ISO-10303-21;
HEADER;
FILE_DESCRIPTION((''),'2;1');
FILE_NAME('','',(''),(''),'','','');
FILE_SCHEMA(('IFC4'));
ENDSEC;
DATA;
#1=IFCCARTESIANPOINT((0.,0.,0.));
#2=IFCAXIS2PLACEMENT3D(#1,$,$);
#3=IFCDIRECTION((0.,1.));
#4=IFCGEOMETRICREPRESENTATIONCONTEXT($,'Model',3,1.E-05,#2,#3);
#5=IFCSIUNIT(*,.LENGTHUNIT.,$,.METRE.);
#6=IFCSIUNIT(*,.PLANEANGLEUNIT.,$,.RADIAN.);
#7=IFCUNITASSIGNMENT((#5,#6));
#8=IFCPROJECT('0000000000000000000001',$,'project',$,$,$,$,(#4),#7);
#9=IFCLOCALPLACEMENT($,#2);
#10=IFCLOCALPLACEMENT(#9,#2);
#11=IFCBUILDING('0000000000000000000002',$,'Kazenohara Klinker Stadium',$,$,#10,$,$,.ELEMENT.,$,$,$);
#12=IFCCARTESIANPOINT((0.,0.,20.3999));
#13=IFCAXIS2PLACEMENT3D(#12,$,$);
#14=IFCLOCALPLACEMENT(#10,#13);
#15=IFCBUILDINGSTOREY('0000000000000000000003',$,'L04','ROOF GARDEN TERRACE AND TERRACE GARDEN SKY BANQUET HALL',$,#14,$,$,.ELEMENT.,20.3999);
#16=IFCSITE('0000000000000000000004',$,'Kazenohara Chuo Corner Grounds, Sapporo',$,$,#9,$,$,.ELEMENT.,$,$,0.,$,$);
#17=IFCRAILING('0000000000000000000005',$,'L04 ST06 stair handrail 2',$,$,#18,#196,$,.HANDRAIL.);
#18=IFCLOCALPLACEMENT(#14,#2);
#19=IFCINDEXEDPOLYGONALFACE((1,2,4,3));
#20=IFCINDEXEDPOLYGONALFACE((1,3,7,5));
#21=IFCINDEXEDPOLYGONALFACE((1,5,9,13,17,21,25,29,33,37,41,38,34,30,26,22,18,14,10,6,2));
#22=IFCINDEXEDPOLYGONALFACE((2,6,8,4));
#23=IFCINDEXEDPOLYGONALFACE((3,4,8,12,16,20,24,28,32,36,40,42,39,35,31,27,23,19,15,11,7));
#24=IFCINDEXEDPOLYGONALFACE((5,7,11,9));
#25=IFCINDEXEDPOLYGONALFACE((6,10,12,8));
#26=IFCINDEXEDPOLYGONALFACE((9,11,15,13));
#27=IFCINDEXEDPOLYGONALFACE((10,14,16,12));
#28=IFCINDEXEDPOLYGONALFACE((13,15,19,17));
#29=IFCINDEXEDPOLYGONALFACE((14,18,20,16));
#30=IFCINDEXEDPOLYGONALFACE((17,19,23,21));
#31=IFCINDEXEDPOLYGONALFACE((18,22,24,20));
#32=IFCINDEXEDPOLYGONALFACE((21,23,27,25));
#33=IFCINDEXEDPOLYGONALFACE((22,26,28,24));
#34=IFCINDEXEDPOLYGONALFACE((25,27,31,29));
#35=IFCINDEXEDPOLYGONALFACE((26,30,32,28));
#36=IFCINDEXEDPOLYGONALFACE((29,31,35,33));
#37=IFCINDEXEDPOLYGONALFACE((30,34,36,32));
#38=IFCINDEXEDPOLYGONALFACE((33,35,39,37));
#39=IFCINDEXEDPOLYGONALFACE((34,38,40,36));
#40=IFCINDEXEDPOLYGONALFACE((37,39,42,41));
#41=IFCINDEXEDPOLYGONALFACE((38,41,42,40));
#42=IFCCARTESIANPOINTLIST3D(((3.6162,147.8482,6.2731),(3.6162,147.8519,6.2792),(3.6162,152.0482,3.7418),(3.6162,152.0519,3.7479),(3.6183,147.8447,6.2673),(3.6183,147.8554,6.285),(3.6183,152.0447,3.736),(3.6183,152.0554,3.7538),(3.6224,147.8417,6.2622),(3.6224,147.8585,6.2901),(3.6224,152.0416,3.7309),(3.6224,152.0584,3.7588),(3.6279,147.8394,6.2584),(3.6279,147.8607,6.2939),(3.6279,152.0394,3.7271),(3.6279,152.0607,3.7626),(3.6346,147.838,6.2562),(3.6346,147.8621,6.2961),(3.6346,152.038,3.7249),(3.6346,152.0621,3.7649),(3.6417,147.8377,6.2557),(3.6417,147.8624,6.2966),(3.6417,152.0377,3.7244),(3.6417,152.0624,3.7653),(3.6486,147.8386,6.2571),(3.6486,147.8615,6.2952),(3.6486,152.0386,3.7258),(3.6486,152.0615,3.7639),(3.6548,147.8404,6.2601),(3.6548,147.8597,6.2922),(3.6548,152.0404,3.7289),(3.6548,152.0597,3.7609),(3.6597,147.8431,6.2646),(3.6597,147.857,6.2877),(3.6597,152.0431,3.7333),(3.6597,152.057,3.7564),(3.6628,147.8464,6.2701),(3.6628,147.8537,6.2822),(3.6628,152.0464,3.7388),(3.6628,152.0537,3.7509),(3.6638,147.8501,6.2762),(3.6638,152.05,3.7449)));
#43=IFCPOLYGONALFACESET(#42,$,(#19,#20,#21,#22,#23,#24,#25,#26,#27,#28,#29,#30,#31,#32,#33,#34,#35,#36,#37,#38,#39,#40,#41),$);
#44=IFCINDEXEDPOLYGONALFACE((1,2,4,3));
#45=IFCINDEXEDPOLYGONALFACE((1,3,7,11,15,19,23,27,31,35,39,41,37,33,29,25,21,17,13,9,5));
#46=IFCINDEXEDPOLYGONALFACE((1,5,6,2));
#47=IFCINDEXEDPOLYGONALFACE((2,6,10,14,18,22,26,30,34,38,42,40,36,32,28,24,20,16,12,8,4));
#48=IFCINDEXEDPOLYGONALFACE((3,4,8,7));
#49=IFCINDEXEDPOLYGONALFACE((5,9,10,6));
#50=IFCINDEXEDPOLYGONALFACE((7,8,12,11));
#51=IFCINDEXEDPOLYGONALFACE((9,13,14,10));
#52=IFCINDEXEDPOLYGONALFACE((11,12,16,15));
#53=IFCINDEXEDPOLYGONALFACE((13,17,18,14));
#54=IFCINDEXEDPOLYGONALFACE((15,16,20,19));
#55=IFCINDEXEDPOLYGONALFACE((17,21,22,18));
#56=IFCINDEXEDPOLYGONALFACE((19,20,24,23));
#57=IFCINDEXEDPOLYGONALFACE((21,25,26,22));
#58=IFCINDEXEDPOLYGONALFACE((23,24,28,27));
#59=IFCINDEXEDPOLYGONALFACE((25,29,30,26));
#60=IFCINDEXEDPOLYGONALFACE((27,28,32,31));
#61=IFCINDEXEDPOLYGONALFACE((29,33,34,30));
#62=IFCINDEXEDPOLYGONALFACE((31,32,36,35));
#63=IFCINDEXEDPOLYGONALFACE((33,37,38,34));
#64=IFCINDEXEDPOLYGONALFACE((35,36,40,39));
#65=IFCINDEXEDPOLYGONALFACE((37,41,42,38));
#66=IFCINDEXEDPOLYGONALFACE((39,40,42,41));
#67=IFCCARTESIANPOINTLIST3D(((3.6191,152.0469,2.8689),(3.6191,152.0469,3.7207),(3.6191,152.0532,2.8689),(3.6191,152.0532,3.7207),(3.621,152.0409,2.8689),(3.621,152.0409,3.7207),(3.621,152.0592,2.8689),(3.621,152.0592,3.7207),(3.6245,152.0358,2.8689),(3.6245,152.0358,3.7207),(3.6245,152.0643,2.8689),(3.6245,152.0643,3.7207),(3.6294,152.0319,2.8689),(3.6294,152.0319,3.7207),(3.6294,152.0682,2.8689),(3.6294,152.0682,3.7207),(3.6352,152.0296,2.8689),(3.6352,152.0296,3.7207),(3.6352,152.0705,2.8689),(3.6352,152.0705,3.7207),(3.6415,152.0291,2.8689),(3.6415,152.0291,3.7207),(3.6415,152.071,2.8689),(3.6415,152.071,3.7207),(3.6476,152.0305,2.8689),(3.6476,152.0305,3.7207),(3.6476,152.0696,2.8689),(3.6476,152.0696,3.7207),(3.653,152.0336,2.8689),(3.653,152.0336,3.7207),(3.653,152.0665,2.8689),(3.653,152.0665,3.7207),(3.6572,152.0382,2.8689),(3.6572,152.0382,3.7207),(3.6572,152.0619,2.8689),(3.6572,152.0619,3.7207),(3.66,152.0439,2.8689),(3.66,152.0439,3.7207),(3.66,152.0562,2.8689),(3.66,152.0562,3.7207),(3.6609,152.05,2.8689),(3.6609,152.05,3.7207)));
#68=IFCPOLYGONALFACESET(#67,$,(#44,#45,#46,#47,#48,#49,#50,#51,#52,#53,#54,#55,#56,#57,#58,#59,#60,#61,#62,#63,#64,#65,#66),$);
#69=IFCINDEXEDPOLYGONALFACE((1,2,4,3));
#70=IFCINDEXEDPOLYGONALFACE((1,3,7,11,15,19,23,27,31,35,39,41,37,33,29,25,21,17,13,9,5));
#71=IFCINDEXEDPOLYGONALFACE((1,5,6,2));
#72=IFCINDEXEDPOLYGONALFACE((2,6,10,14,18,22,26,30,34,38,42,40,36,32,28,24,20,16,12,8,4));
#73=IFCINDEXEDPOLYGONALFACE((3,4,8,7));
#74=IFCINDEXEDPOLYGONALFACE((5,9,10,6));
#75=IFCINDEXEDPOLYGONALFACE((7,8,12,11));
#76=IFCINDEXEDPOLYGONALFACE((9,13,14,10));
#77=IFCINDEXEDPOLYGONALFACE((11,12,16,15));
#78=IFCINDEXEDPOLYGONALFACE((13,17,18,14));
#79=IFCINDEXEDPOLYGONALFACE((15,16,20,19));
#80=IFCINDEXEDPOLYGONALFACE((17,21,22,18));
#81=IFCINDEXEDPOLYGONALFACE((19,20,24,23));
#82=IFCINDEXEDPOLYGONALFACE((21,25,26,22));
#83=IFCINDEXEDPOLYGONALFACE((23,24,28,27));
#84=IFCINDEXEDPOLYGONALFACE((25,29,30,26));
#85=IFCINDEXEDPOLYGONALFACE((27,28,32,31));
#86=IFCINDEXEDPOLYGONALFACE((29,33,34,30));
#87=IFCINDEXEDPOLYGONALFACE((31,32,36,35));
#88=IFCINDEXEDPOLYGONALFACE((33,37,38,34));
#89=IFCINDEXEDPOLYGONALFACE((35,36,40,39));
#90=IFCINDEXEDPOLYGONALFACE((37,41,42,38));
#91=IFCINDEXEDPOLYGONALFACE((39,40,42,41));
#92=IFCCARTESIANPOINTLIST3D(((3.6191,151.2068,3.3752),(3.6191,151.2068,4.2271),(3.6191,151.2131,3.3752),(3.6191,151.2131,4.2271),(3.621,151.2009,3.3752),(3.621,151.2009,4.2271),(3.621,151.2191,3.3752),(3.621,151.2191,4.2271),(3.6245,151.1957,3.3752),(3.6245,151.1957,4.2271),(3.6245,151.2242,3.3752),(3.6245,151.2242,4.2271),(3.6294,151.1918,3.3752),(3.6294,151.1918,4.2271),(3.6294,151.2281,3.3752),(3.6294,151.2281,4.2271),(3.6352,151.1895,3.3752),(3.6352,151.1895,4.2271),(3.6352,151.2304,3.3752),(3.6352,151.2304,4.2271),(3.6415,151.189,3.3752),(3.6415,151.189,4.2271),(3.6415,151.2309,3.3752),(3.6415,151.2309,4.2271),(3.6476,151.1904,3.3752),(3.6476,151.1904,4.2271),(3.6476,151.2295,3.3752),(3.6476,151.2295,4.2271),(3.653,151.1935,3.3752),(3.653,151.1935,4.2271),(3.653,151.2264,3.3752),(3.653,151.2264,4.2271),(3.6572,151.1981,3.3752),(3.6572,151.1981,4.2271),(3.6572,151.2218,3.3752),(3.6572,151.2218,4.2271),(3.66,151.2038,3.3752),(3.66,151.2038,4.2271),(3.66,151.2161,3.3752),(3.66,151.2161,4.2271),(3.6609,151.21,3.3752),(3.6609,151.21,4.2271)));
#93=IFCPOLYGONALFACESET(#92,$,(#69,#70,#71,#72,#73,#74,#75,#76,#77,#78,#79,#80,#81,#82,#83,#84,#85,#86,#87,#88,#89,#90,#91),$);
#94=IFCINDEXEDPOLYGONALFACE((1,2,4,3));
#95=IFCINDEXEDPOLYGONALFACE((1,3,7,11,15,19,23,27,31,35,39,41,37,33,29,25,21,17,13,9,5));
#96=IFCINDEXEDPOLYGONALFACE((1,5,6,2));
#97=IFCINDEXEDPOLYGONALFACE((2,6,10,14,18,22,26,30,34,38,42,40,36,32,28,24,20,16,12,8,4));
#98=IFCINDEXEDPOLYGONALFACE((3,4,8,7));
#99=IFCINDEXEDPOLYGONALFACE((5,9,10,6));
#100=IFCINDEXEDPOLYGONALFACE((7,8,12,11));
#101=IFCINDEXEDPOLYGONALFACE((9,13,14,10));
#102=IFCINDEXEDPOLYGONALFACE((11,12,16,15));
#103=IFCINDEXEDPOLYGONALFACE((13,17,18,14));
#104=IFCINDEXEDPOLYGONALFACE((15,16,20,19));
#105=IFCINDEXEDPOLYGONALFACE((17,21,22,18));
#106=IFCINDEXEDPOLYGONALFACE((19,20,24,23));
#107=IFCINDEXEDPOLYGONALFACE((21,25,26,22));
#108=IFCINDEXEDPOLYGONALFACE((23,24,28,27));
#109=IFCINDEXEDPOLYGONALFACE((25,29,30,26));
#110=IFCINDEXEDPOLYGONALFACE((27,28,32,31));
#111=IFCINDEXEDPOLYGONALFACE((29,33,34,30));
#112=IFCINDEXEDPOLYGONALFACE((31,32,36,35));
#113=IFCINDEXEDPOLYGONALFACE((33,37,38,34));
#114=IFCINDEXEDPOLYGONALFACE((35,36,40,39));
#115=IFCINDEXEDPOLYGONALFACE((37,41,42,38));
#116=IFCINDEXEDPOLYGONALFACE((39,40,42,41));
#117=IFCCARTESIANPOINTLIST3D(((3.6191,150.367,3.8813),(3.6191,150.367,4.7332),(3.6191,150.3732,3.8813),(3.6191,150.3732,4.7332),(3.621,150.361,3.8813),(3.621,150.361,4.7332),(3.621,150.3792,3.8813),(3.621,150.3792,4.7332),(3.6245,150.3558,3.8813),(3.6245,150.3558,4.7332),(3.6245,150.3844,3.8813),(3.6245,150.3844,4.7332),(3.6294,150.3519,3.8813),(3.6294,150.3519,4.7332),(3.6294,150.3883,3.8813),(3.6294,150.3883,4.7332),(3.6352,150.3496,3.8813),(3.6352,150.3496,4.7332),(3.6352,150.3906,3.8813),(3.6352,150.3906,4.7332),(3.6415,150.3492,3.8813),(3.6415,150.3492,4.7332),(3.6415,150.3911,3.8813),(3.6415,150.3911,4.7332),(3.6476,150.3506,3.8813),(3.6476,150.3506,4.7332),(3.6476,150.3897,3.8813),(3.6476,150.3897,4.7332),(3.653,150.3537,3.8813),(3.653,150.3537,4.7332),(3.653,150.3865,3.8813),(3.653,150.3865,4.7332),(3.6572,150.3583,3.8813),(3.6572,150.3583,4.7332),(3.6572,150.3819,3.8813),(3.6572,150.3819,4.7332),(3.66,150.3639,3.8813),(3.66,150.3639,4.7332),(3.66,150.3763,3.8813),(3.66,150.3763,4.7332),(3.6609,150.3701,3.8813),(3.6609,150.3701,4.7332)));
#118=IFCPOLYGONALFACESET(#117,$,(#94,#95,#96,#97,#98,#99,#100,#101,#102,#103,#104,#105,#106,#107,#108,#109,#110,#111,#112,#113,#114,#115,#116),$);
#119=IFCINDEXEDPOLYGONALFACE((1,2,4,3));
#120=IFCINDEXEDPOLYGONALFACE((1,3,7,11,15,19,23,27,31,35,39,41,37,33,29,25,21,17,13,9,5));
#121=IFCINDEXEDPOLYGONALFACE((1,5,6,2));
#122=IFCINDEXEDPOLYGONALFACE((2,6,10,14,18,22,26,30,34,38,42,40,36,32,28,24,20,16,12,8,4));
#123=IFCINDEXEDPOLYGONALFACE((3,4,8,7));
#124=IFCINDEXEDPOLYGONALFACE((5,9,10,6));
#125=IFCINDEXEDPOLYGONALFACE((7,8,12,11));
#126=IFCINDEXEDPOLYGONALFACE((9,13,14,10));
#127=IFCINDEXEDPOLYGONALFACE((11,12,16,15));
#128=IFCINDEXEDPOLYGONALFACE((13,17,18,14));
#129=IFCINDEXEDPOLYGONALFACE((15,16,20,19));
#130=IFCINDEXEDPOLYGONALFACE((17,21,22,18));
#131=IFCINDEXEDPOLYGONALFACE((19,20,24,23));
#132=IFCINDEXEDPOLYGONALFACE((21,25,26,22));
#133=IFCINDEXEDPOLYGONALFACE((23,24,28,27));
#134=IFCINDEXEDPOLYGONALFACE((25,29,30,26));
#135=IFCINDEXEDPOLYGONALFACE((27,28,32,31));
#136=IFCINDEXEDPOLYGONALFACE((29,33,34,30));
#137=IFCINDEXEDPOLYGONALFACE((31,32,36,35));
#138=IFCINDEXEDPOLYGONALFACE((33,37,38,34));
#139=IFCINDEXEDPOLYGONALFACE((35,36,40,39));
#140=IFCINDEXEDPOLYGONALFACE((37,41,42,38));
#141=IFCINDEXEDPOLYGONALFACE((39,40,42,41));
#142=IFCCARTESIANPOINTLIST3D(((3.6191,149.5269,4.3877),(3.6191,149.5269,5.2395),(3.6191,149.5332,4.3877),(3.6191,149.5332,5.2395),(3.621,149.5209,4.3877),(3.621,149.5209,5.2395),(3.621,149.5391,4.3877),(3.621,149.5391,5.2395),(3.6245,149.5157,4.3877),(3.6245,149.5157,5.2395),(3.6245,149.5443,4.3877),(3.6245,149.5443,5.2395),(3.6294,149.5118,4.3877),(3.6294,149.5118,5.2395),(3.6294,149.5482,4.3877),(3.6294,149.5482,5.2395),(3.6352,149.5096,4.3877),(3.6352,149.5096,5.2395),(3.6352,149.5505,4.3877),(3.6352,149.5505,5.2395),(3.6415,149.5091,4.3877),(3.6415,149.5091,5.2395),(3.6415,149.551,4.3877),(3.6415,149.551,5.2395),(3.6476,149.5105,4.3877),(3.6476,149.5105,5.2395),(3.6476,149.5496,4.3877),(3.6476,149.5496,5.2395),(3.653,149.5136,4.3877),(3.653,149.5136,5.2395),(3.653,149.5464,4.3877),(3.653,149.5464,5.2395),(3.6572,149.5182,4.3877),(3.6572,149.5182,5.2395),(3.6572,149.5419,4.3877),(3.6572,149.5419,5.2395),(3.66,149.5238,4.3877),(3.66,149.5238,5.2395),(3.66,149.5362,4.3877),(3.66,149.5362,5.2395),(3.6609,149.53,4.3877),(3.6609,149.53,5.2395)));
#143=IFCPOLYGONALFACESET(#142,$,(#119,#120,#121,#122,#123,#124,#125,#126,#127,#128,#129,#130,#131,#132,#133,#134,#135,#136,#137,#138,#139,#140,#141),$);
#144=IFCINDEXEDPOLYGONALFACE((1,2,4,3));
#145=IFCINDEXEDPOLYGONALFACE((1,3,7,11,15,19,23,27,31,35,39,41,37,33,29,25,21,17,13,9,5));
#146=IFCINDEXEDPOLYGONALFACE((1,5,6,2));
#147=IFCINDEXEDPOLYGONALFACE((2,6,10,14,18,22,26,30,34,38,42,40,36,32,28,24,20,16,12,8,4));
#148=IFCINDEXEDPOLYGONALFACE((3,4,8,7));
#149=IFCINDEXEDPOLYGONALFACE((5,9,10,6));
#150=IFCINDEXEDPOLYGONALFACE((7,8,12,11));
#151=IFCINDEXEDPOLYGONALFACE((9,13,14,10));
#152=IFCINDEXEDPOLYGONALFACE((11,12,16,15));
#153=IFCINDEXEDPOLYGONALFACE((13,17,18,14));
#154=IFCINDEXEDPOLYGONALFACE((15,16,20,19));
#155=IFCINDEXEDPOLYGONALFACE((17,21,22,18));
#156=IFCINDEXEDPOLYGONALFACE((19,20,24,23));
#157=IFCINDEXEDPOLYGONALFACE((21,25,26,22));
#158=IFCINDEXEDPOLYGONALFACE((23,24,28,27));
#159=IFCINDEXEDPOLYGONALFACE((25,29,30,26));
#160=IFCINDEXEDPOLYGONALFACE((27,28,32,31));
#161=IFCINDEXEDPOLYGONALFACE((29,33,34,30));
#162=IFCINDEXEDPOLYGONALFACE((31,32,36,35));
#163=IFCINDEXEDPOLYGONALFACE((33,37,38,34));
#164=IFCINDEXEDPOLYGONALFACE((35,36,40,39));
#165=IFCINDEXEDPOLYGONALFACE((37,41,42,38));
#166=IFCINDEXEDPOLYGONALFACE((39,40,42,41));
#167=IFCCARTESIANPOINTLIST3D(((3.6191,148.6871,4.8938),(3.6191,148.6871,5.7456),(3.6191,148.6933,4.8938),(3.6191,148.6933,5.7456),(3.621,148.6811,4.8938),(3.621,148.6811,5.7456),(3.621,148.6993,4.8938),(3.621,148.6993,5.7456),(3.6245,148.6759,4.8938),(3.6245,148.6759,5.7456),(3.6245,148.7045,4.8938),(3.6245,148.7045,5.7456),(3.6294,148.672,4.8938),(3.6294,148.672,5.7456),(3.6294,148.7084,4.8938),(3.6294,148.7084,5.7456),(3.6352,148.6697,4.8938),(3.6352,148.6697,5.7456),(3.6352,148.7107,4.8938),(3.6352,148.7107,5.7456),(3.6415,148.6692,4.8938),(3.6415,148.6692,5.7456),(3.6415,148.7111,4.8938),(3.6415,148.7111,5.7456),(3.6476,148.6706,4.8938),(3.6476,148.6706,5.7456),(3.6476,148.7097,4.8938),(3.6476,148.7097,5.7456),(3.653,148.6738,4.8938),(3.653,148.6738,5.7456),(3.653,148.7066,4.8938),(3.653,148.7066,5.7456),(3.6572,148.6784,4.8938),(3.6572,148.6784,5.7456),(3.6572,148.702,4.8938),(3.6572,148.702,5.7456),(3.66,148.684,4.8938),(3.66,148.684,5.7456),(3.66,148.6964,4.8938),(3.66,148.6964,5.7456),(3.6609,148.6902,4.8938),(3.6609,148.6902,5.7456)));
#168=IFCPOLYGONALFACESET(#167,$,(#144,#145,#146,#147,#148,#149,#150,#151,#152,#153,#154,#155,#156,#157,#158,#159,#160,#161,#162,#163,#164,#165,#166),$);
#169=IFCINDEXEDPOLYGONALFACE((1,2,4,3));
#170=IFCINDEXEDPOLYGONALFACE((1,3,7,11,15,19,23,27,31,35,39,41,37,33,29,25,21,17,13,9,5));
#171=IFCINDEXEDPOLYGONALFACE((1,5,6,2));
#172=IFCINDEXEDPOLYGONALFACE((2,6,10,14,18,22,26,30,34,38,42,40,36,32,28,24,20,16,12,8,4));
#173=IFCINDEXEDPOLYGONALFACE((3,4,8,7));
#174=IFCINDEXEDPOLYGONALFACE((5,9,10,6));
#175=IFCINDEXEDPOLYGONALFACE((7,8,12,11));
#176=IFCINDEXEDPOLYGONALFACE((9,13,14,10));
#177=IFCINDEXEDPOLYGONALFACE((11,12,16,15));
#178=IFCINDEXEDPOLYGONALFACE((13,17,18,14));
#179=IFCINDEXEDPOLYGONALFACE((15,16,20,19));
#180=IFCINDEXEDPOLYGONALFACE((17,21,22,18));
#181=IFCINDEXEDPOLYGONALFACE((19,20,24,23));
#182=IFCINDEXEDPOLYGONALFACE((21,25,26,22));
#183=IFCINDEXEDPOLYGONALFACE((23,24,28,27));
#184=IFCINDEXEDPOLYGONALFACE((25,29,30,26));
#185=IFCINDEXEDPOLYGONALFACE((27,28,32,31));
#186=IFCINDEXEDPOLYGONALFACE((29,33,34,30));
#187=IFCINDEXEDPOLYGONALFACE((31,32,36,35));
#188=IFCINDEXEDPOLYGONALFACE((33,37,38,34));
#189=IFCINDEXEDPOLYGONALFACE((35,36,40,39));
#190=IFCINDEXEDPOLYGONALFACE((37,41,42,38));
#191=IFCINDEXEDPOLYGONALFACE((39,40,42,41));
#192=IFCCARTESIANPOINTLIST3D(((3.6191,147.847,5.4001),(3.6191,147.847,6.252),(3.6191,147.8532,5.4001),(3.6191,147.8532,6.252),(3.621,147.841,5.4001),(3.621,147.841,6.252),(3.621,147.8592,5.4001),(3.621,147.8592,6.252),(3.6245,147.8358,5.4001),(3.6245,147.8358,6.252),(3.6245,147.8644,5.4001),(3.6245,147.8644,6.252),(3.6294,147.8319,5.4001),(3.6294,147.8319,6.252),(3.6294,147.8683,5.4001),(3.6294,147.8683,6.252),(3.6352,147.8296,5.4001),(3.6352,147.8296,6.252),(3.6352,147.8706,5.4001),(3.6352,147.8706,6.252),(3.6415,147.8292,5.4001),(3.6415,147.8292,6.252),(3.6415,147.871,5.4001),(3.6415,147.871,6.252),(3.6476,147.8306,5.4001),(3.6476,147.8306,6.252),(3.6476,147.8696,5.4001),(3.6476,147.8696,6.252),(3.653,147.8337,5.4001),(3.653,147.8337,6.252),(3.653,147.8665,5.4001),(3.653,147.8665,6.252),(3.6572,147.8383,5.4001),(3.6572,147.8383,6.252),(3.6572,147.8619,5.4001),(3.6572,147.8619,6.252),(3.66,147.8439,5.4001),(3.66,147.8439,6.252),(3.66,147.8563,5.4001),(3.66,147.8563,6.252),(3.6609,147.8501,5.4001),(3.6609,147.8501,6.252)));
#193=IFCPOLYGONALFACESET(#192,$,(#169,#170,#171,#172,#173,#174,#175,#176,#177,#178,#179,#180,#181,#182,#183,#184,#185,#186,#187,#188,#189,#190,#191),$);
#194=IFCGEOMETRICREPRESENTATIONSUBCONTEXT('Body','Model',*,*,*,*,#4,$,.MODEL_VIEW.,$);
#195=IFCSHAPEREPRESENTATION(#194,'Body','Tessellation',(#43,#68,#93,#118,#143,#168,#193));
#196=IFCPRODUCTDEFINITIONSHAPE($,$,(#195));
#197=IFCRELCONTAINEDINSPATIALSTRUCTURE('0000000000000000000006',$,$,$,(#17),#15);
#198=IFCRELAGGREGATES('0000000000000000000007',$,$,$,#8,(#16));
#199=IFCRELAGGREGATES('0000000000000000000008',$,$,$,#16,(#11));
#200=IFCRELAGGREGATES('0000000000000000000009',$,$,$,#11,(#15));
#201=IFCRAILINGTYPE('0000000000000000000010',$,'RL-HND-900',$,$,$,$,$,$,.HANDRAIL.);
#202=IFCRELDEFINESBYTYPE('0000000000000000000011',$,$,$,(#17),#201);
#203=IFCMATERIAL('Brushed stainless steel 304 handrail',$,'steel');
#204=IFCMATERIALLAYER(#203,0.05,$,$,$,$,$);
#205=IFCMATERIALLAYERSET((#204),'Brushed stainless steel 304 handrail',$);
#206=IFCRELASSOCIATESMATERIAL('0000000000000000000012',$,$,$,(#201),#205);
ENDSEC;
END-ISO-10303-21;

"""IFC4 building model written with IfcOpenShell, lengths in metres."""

from ifc_helpers import new_model, si_unit, direction, frame, origin, origin_2d, place, context, subcontext, project, spatial, circle, extrude, material, layer, layer_set, type_object, element, save


model = new_model("IFC4")

# Units and contexts
model_context = context("Model", 3, precision=1e-05, world=origin(), true_north=direction((0.0, 1.0)))
body_context = subcontext(model_context, "Body", "Model", "MODEL_VIEW")
ifc_project = project(units=[si_unit("LENGTHUNIT", "METRE"), si_unit("PLANEANGLEUNIT", "RADIAN")], contexts=[model_context])

# Site, building, storey
site_placement = place(None, origin())
site = spatial("IfcSite", under=ifc_project, at=site_placement, Name="Kazenohara Chuo Corner Grounds, Sapporo", CompositionType="ELEMENT", RefElevation=0.0)
building_placement = place(site_placement, origin())
building = spatial("IfcBuilding", under=site, at=building_placement, Name="Kazenohara Klinker Stadium", CompositionType="ELEMENT")
storey_placement = place(building_placement, frame((0.0, 0.0, 20.3999)))
storey = spatial("IfcBuildingStorey", under=building, at=storey_placement, Name="L04", Description="ROOF GARDEN TERRACE AND TERRACE GARDEN SKY BANQUET HALL", CompositionType="ELEMENT", Elevation=20.3999)

# Railing
ifc_material_1 = material(Name="Brushed stainless steel 304 handrail", Category="steel")
ifc_layer_1 = layer(ifc_material_1, 0.05)
ifc_layer_set_1 = layer_set([ifc_layer_1], Name="Brushed stainless steel 304 handrail")
railing_type_1 = type_object("IfcRailingType", Name="RL-HND-900", PredefinedType="HANDRAIL", material=ifc_layer_set_1)
railing_1_placement = place(storey_placement, frame((3.6399, 152.05, 2.8689)))
element("IfcRailing", 1, at=railing_1_placement, inside=storey, type_object=railing_type_1, Name="L04 ST06 stair handrail 2", PredefinedType="HANDRAIL", context=body_context, shape_type="SweptSolid", body=[
    extrude(circle(Radius=0.0239, at=origin_2d()), frame((0.0, 0.0, 0.876), z_axis=(0.0, -0.856476, 0.516186), x_axis=(1.0, 0.0, 0.0)), (0.0, 0.0, 1.0), 4.9038),
    extrude(circle(Radius=0.021, at=origin_2d()), origin(), (0.0, 0.0, 1.0), 0.8518),
    extrude(circle(Radius=0.021, at=origin_2d()), frame((0.0, -0.8401, 0.5063)), (0.0, 0.0, 1.0), 0.8518),
    extrude(circle(Radius=0.021, at=origin_2d()), frame((0.0, -1.6799, 1.0125)), (0.0, 0.0, 1.0), 0.8518),
    extrude(circle(Radius=0.021, at=origin_2d()), frame((0.0, -2.52, 1.5188)), (0.0, 0.0, 1.0), 0.8518),
    extrude(circle(Radius=0.021, at=origin_2d()), frame((0.0, -3.3599, 2.0249)), (0.0, 0.0, 1.0), 0.8518),
    extrude(circle(Radius=0.021, at=origin_2d()), frame((0.0, -4.2, 2.5312)), (0.0, 0.0, 1.0), 0.8518),
])

save(model, "model.ifc")
